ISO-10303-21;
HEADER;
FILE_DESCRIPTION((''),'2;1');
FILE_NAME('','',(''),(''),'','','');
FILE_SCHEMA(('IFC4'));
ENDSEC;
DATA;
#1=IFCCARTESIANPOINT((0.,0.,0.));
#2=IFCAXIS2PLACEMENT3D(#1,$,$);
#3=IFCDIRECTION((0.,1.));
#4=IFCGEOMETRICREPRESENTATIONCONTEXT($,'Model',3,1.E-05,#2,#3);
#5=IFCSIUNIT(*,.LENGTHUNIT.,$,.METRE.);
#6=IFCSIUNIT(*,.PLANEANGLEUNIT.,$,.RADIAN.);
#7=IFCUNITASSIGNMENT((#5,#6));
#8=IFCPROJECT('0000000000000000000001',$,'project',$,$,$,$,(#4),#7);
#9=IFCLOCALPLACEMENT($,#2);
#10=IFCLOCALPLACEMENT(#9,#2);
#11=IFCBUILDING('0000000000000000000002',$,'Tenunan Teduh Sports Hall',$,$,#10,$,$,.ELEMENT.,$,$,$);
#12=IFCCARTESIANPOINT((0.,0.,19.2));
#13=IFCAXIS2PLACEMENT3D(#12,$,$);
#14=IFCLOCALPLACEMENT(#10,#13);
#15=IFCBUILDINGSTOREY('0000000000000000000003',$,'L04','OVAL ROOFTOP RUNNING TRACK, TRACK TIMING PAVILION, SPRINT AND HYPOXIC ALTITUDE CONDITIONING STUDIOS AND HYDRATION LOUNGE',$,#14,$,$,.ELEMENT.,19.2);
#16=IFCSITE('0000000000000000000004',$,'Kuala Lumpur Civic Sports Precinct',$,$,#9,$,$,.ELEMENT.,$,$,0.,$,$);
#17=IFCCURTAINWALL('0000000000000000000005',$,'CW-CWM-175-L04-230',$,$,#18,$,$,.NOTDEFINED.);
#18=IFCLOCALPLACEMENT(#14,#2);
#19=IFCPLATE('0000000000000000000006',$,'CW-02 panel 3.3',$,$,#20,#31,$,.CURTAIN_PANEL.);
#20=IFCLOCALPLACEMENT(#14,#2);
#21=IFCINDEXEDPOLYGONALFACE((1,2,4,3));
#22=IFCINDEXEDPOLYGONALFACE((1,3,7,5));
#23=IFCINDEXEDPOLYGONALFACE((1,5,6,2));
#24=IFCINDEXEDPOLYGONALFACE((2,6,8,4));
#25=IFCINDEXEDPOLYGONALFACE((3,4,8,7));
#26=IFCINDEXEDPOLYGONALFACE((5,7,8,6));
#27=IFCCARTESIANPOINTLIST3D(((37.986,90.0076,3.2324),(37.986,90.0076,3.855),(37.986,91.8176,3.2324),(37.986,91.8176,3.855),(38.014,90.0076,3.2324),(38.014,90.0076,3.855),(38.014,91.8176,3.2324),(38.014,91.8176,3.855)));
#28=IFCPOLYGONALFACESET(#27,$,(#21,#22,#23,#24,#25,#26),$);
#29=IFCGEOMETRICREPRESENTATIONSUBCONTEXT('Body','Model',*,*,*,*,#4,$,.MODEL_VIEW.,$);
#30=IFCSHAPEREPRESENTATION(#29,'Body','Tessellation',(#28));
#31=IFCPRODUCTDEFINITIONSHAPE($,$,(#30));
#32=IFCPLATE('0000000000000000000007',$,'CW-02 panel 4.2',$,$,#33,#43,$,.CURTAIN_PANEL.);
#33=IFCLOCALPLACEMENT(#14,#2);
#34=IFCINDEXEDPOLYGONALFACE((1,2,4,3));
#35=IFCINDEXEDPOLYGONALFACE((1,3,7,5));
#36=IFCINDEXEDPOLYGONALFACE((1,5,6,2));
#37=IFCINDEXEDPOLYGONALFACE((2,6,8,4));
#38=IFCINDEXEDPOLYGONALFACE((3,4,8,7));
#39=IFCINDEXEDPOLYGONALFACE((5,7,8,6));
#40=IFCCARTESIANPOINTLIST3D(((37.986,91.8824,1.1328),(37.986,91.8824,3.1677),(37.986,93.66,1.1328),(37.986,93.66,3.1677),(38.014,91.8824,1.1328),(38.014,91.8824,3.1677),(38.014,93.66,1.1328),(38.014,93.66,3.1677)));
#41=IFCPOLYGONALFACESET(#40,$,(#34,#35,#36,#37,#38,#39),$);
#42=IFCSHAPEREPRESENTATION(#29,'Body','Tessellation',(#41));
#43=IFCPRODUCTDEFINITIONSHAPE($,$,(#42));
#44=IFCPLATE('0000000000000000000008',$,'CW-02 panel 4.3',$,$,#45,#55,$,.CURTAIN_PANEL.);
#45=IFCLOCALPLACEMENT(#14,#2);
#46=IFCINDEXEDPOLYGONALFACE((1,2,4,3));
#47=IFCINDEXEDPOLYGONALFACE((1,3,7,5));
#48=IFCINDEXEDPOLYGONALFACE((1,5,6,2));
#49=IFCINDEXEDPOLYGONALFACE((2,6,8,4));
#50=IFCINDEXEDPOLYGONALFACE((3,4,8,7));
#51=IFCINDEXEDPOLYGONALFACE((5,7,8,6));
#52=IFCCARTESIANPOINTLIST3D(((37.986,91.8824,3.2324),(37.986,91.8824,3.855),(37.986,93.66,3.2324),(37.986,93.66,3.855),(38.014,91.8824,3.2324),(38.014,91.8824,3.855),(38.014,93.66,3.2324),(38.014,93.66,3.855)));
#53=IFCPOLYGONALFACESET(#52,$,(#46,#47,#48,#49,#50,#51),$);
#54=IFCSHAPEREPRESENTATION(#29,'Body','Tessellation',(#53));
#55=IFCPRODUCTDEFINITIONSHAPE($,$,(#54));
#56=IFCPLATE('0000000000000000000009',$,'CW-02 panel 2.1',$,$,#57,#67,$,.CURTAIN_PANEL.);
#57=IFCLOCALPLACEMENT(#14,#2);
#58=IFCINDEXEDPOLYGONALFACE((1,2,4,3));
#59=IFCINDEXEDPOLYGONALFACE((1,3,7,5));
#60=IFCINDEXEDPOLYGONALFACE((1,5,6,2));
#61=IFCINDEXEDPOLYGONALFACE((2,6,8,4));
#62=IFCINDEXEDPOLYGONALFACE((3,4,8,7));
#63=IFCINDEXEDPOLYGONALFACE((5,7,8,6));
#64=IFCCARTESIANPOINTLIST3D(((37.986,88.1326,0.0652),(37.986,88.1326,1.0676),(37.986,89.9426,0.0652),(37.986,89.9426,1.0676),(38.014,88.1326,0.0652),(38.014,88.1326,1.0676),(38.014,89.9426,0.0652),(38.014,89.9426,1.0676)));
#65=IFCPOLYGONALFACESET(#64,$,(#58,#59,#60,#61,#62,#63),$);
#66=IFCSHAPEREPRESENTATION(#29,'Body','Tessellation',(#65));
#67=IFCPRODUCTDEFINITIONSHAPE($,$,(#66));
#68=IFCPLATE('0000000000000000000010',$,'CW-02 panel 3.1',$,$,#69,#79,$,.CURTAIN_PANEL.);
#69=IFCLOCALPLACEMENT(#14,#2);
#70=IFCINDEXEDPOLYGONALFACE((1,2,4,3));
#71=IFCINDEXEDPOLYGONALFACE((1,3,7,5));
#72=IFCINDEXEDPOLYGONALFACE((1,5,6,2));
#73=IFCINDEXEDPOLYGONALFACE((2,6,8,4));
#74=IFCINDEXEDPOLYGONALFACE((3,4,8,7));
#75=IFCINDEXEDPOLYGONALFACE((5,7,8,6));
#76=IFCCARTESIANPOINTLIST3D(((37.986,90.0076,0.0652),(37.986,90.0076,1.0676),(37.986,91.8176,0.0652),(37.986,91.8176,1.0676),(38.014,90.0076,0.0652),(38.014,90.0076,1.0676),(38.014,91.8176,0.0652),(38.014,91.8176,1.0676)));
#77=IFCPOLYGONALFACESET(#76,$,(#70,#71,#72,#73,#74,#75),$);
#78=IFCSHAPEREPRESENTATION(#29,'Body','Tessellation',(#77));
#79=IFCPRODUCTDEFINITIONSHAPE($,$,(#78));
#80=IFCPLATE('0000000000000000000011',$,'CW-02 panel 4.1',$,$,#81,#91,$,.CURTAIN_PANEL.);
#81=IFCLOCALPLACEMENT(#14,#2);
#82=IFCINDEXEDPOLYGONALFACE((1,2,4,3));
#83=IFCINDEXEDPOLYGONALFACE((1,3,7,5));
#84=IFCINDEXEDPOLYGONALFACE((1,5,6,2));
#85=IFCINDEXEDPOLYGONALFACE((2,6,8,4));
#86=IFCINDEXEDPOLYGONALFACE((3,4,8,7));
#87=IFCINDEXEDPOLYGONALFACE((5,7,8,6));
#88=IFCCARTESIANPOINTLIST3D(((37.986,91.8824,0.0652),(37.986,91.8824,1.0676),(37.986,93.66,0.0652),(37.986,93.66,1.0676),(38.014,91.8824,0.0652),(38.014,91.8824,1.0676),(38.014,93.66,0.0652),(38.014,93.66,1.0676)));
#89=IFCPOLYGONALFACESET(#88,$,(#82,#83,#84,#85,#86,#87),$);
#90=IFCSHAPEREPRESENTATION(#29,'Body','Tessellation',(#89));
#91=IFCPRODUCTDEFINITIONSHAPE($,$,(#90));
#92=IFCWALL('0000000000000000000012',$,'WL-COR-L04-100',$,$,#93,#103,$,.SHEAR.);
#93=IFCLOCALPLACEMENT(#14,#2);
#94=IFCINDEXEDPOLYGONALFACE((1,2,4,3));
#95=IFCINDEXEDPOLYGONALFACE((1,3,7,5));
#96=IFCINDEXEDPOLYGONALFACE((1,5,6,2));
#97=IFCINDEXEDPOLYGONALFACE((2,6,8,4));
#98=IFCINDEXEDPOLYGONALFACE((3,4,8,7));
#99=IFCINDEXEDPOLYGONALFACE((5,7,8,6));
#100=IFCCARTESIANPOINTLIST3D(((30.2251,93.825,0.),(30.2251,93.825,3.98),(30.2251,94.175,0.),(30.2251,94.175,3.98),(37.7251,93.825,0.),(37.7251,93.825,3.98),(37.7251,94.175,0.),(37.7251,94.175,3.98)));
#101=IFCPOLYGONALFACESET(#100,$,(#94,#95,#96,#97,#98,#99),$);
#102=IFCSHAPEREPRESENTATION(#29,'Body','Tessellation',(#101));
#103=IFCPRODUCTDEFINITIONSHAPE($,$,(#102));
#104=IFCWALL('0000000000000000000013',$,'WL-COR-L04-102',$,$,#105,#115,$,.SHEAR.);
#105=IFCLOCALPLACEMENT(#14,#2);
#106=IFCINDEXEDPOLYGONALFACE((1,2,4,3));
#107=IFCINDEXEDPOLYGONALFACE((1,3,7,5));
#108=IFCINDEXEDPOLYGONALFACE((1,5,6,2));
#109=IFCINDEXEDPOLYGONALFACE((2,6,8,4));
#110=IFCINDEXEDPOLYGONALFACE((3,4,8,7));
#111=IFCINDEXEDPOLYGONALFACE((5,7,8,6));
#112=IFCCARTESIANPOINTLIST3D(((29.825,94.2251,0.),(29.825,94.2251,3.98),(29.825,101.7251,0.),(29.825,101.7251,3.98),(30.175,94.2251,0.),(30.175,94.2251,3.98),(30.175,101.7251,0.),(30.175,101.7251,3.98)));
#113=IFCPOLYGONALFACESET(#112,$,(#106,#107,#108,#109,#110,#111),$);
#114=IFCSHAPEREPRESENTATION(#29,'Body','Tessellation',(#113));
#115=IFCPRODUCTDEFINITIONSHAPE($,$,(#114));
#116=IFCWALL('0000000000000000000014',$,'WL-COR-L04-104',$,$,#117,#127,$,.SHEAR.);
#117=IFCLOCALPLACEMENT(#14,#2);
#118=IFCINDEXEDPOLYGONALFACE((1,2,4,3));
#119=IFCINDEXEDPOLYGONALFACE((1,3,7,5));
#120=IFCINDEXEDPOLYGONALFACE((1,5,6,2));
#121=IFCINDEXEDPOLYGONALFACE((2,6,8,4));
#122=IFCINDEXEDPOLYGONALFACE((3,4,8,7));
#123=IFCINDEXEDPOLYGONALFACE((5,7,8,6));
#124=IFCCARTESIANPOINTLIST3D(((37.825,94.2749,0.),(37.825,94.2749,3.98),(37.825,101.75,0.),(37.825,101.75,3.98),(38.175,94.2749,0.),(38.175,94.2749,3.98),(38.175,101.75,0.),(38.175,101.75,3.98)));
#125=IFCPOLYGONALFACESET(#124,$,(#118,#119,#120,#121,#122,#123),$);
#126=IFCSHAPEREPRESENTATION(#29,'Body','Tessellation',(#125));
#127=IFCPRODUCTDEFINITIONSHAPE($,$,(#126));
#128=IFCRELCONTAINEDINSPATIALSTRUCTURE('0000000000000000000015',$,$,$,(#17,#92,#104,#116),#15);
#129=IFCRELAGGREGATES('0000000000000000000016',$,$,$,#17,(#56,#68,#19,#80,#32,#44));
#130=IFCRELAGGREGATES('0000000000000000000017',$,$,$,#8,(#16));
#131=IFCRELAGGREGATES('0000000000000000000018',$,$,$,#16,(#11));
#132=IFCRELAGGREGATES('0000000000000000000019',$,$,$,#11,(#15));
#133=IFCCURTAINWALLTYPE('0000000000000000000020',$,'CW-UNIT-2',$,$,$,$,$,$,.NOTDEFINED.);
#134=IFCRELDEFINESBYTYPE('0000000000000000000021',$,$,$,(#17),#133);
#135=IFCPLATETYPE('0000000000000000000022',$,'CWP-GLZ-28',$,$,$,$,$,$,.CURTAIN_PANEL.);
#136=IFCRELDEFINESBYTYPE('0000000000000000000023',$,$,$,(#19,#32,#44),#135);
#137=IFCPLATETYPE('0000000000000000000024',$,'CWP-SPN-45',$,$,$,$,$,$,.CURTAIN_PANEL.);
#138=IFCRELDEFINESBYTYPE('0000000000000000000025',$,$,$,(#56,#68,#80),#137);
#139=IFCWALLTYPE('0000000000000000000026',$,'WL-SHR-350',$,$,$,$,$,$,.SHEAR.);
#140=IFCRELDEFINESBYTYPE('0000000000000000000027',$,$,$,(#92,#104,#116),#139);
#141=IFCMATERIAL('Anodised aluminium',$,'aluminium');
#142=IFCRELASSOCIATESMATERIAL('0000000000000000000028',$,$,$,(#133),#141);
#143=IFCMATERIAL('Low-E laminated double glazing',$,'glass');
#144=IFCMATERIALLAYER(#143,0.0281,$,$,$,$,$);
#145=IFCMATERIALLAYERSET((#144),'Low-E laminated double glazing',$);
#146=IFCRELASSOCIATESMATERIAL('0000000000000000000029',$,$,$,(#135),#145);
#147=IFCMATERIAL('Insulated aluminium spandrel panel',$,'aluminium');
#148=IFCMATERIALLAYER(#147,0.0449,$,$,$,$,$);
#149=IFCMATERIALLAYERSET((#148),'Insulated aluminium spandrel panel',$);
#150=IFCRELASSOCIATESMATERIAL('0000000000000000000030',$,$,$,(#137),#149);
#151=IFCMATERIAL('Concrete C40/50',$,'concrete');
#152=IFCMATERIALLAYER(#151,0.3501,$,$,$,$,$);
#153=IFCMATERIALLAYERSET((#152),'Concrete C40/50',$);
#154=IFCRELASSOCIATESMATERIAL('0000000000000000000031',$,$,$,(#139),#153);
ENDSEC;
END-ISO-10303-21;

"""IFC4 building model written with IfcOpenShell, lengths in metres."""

from ifc_helpers import new_model, si_unit, direction, frame, frame_2d, origin, origin_2d, place, context, subcontext, project, spatial, rectangle, extrude, material, layer, layer_set, type_object, element, aggregate, save


model = new_model("IFC4")

# Units and contexts
model_context = context("Model", 3, precision=1e-05, world=origin(), true_north=direction((0.0, 1.0)))
body_context = subcontext(model_context, "Body", "Model", "MODEL_VIEW")
ifc_project = project(units=[si_unit("LENGTHUNIT", "METRE"), si_unit("PLANEANGLEUNIT", "RADIAN")], contexts=[model_context])

# Site, building, storey
site_placement = place(None, origin())
site = spatial("IfcSite", under=ifc_project, at=site_placement, Name="Kuala Lumpur Civic Sports Precinct", CompositionType="ELEMENT", RefElevation=0.0)
building_placement = place(site_placement, origin())
building = spatial("IfcBuilding", under=site, at=building_placement, Name="Tenunan Teduh Sports Hall", CompositionType="ELEMENT")
storey_placement = place(building_placement, frame((0.0, 0.0, 19.2)))
storey = spatial("IfcBuildingStorey", under=building, at=storey_placement, Name="L04", Description="OVAL ROOFTOP RUNNING TRACK, TRACK TIMING PAVILION, SPRINT AND HYPOXIC ALTITUDE CONDITIONING STUDIOS AND HYDRATION LOUNGE", CompositionType="ELEMENT", Elevation=19.2)

# Curtain wall
ifc_material_1 = material(Name="Anodised aluminium", Category="aluminium")
curtain_wall_type = type_object("IfcCurtainWallType", Name="CW-UNIT-2", PredefinedType="NOTDEFINED", material=ifc_material_1)
curtain_wall_placement = place(storey_placement, origin())
curtain_wall = element("IfcCurtainWall", 1, at=curtain_wall_placement, inside=storey, type_object=curtain_wall_type, Name="CW-CWM-175-L04-230", PredefinedType="NOTDEFINED")

# Plates
ifc_material_2 = material(Name="Low-E laminated double glazing", Category="glass")
ifc_layer_1 = layer(ifc_material_2, 0.0281)
ifc_layer_set_1 = layer_set([ifc_layer_1], Name="Low-E laminated double glazing")
plate_type_1 = type_object("IfcPlateType", Name="CWP-GLZ-28", PredefinedType="CURTAIN_PANEL", material=ifc_layer_set_1)
plate_1_placement = place(storey_placement, frame((38.0, 90.9126, 3.2324), z_axis=(0.0, 0.0, 1.0), x_axis=(0.0, 1.0, 0.0)))
plate_1 = element("IfcPlate", 2, at=plate_1_placement, type_object=plate_type_1, Name="CW-02 panel 3.3", PredefinedType="CURTAIN_PANEL", context=body_context, shape_type="SweptSolid", body=[
    extrude(rectangle(XDim=1.8101, YDim=0.0281, at=origin_2d()), origin(), (0.0, 0.0, 1.0), 0.6226),
])
plate_2_placement = place(storey_placement, frame((38.0, 92.7712, 1.1328), z_axis=(0.0, 0.0, 1.0), x_axis=(0.0, 1.0, 0.0)))
plate_2 = element("IfcPlate", 3, at=plate_2_placement, type_object=plate_type_1, Name="CW-02 panel 4.2", PredefinedType="CURTAIN_PANEL", context=body_context, shape_type="SweptSolid", body=[
    extrude(rectangle(XDim=1.7776, YDim=0.0281, at=origin_2d()), origin(), (0.0, 0.0, 1.0), 2.0349),
])
plate_3_placement = place(storey_placement, frame((38.0, 92.7712, 3.2324), z_axis=(0.0, 0.0, 1.0), x_axis=(0.0, 1.0, 0.0)))
plate_3 = element("IfcPlate", 4, at=plate_3_placement, type_object=plate_type_1, Name="CW-02 panel 4.3", PredefinedType="CURTAIN_PANEL", context=body_context, shape_type="SweptSolid", body=[
    extrude(rectangle(XDim=1.7776, YDim=0.0281, at=origin_2d()), origin(), (0.0, 0.0, 1.0), 0.6226),
])
ifc_material_3 = material(Name="Insulated aluminium spandrel panel", Category="aluminium")
ifc_layer_2 = layer(ifc_material_3, 0.0449)
ifc_layer_set_2 = layer_set([ifc_layer_2], Name="Insulated aluminium spandrel panel")
plate_type_2 = type_object("IfcPlateType", Name="CWP-SPN-45", PredefinedType="CURTAIN_PANEL", material=ifc_layer_set_2)
plate_4_placement = place(storey_placement, frame((38.0, 89.0376, 0.0652), z_axis=(0.0, 0.0, 1.0), x_axis=(0.0, 1.0, 0.0)))
plate_4 = element("IfcPlate", 5, at=plate_4_placement, type_object=plate_type_2, Name="CW-02 panel 2.1", PredefinedType="CURTAIN_PANEL", context=body_context, shape_type="SweptSolid", body=[
    extrude(rectangle(XDim=1.8101, YDim=0.0281, at=origin_2d()), origin(), (0.0, 0.0, 1.0), 1.0024),
])
plate_5_placement = place(storey_placement, frame((38.0, 90.9126, 0.0652), z_axis=(0.0, 0.0, 1.0), x_axis=(0.0, 1.0, 0.0)))
plate_5 = element("IfcPlate", 6, at=plate_5_placement, type_object=plate_type_2, Name="CW-02 panel 3.1", PredefinedType="CURTAIN_PANEL", context=body_context, shape_type="SweptSolid", body=[
    extrude(rectangle(XDim=1.8101, YDim=0.0281, at=origin_2d()), origin(), (0.0, 0.0, 1.0), 1.0024),
])
plate_6_placement = place(storey_placement, frame((38.0, 92.7712, 0.0652), z_axis=(0.0, 0.0, 1.0), x_axis=(0.0, 1.0, 0.0)))
plate_6 = element("IfcPlate", 7, at=plate_6_placement, type_object=plate_type_2, Name="CW-02 panel 4.1", PredefinedType="CURTAIN_PANEL", context=body_context, shape_type="SweptSolid", body=[
    extrude(rectangle(XDim=1.7776, YDim=0.0281, at=origin_2d()), origin(), (0.0, 0.0, 1.0), 1.0024),
])
aggregate(curtain_wall, [plate_4, plate_5, plate_1, plate_6, plate_2, plate_3])

# Walls
ifc_material_4 = material(Name="Concrete C40/50", Category="concrete")
ifc_layer_3 = layer(ifc_material_4, 0.3501)
ifc_layer_set_3 = layer_set([ifc_layer_3], Name="Concrete C40/50")
wall_type = type_object("IfcWallType", Name="WL-SHR-350", PredefinedType="SHEAR", material=ifc_layer_set_3)
for number, where, z_axis, x_axis, name in (
    (8, (30.2251, 94.0, 0.0), (0.0, 0.0, 1.0), (1.0, 0.0, 0.0), "WL-COR-L04-100"),
    (9, (30.0, 94.2251, 0.0), (0.0, 0.0, 1.0), (0.0, 1.0, 0.0), "WL-COR-L04-102"),
):
    element("IfcWall", number, at=place(storey_placement, frame(where, z_axis=z_axis, x_axis=x_axis)), inside=storey, type_object=wall_type, Name=name, PredefinedType="SHEAR", context=body_context, shape_type="SweptSolid", body=[
        extrude(rectangle(XDim=7.5, YDim=0.3501, at=frame_2d((3.75, 0.0))), origin(), (0.0, 0.0, 1.0), 3.98),
    ])
wall_placement = place(storey_placement, frame((38.0, 94.2749, 0.0), z_axis=(0.0, 0.0, 1.0), x_axis=(0.0, 1.0, 0.0)))
element("IfcWall", 10, at=wall_placement, inside=storey, type_object=wall_type, Name="WL-COR-L04-104", PredefinedType="SHEAR", context=body_context, shape_type="SweptSolid", body=[
    extrude(rectangle(XDim=7.4751, YDim=0.3501, at=frame_2d((3.7375, 0.0))), origin(), (0.0, 0.0, 1.0), 3.98),
])

save(model, "model.ifc")
